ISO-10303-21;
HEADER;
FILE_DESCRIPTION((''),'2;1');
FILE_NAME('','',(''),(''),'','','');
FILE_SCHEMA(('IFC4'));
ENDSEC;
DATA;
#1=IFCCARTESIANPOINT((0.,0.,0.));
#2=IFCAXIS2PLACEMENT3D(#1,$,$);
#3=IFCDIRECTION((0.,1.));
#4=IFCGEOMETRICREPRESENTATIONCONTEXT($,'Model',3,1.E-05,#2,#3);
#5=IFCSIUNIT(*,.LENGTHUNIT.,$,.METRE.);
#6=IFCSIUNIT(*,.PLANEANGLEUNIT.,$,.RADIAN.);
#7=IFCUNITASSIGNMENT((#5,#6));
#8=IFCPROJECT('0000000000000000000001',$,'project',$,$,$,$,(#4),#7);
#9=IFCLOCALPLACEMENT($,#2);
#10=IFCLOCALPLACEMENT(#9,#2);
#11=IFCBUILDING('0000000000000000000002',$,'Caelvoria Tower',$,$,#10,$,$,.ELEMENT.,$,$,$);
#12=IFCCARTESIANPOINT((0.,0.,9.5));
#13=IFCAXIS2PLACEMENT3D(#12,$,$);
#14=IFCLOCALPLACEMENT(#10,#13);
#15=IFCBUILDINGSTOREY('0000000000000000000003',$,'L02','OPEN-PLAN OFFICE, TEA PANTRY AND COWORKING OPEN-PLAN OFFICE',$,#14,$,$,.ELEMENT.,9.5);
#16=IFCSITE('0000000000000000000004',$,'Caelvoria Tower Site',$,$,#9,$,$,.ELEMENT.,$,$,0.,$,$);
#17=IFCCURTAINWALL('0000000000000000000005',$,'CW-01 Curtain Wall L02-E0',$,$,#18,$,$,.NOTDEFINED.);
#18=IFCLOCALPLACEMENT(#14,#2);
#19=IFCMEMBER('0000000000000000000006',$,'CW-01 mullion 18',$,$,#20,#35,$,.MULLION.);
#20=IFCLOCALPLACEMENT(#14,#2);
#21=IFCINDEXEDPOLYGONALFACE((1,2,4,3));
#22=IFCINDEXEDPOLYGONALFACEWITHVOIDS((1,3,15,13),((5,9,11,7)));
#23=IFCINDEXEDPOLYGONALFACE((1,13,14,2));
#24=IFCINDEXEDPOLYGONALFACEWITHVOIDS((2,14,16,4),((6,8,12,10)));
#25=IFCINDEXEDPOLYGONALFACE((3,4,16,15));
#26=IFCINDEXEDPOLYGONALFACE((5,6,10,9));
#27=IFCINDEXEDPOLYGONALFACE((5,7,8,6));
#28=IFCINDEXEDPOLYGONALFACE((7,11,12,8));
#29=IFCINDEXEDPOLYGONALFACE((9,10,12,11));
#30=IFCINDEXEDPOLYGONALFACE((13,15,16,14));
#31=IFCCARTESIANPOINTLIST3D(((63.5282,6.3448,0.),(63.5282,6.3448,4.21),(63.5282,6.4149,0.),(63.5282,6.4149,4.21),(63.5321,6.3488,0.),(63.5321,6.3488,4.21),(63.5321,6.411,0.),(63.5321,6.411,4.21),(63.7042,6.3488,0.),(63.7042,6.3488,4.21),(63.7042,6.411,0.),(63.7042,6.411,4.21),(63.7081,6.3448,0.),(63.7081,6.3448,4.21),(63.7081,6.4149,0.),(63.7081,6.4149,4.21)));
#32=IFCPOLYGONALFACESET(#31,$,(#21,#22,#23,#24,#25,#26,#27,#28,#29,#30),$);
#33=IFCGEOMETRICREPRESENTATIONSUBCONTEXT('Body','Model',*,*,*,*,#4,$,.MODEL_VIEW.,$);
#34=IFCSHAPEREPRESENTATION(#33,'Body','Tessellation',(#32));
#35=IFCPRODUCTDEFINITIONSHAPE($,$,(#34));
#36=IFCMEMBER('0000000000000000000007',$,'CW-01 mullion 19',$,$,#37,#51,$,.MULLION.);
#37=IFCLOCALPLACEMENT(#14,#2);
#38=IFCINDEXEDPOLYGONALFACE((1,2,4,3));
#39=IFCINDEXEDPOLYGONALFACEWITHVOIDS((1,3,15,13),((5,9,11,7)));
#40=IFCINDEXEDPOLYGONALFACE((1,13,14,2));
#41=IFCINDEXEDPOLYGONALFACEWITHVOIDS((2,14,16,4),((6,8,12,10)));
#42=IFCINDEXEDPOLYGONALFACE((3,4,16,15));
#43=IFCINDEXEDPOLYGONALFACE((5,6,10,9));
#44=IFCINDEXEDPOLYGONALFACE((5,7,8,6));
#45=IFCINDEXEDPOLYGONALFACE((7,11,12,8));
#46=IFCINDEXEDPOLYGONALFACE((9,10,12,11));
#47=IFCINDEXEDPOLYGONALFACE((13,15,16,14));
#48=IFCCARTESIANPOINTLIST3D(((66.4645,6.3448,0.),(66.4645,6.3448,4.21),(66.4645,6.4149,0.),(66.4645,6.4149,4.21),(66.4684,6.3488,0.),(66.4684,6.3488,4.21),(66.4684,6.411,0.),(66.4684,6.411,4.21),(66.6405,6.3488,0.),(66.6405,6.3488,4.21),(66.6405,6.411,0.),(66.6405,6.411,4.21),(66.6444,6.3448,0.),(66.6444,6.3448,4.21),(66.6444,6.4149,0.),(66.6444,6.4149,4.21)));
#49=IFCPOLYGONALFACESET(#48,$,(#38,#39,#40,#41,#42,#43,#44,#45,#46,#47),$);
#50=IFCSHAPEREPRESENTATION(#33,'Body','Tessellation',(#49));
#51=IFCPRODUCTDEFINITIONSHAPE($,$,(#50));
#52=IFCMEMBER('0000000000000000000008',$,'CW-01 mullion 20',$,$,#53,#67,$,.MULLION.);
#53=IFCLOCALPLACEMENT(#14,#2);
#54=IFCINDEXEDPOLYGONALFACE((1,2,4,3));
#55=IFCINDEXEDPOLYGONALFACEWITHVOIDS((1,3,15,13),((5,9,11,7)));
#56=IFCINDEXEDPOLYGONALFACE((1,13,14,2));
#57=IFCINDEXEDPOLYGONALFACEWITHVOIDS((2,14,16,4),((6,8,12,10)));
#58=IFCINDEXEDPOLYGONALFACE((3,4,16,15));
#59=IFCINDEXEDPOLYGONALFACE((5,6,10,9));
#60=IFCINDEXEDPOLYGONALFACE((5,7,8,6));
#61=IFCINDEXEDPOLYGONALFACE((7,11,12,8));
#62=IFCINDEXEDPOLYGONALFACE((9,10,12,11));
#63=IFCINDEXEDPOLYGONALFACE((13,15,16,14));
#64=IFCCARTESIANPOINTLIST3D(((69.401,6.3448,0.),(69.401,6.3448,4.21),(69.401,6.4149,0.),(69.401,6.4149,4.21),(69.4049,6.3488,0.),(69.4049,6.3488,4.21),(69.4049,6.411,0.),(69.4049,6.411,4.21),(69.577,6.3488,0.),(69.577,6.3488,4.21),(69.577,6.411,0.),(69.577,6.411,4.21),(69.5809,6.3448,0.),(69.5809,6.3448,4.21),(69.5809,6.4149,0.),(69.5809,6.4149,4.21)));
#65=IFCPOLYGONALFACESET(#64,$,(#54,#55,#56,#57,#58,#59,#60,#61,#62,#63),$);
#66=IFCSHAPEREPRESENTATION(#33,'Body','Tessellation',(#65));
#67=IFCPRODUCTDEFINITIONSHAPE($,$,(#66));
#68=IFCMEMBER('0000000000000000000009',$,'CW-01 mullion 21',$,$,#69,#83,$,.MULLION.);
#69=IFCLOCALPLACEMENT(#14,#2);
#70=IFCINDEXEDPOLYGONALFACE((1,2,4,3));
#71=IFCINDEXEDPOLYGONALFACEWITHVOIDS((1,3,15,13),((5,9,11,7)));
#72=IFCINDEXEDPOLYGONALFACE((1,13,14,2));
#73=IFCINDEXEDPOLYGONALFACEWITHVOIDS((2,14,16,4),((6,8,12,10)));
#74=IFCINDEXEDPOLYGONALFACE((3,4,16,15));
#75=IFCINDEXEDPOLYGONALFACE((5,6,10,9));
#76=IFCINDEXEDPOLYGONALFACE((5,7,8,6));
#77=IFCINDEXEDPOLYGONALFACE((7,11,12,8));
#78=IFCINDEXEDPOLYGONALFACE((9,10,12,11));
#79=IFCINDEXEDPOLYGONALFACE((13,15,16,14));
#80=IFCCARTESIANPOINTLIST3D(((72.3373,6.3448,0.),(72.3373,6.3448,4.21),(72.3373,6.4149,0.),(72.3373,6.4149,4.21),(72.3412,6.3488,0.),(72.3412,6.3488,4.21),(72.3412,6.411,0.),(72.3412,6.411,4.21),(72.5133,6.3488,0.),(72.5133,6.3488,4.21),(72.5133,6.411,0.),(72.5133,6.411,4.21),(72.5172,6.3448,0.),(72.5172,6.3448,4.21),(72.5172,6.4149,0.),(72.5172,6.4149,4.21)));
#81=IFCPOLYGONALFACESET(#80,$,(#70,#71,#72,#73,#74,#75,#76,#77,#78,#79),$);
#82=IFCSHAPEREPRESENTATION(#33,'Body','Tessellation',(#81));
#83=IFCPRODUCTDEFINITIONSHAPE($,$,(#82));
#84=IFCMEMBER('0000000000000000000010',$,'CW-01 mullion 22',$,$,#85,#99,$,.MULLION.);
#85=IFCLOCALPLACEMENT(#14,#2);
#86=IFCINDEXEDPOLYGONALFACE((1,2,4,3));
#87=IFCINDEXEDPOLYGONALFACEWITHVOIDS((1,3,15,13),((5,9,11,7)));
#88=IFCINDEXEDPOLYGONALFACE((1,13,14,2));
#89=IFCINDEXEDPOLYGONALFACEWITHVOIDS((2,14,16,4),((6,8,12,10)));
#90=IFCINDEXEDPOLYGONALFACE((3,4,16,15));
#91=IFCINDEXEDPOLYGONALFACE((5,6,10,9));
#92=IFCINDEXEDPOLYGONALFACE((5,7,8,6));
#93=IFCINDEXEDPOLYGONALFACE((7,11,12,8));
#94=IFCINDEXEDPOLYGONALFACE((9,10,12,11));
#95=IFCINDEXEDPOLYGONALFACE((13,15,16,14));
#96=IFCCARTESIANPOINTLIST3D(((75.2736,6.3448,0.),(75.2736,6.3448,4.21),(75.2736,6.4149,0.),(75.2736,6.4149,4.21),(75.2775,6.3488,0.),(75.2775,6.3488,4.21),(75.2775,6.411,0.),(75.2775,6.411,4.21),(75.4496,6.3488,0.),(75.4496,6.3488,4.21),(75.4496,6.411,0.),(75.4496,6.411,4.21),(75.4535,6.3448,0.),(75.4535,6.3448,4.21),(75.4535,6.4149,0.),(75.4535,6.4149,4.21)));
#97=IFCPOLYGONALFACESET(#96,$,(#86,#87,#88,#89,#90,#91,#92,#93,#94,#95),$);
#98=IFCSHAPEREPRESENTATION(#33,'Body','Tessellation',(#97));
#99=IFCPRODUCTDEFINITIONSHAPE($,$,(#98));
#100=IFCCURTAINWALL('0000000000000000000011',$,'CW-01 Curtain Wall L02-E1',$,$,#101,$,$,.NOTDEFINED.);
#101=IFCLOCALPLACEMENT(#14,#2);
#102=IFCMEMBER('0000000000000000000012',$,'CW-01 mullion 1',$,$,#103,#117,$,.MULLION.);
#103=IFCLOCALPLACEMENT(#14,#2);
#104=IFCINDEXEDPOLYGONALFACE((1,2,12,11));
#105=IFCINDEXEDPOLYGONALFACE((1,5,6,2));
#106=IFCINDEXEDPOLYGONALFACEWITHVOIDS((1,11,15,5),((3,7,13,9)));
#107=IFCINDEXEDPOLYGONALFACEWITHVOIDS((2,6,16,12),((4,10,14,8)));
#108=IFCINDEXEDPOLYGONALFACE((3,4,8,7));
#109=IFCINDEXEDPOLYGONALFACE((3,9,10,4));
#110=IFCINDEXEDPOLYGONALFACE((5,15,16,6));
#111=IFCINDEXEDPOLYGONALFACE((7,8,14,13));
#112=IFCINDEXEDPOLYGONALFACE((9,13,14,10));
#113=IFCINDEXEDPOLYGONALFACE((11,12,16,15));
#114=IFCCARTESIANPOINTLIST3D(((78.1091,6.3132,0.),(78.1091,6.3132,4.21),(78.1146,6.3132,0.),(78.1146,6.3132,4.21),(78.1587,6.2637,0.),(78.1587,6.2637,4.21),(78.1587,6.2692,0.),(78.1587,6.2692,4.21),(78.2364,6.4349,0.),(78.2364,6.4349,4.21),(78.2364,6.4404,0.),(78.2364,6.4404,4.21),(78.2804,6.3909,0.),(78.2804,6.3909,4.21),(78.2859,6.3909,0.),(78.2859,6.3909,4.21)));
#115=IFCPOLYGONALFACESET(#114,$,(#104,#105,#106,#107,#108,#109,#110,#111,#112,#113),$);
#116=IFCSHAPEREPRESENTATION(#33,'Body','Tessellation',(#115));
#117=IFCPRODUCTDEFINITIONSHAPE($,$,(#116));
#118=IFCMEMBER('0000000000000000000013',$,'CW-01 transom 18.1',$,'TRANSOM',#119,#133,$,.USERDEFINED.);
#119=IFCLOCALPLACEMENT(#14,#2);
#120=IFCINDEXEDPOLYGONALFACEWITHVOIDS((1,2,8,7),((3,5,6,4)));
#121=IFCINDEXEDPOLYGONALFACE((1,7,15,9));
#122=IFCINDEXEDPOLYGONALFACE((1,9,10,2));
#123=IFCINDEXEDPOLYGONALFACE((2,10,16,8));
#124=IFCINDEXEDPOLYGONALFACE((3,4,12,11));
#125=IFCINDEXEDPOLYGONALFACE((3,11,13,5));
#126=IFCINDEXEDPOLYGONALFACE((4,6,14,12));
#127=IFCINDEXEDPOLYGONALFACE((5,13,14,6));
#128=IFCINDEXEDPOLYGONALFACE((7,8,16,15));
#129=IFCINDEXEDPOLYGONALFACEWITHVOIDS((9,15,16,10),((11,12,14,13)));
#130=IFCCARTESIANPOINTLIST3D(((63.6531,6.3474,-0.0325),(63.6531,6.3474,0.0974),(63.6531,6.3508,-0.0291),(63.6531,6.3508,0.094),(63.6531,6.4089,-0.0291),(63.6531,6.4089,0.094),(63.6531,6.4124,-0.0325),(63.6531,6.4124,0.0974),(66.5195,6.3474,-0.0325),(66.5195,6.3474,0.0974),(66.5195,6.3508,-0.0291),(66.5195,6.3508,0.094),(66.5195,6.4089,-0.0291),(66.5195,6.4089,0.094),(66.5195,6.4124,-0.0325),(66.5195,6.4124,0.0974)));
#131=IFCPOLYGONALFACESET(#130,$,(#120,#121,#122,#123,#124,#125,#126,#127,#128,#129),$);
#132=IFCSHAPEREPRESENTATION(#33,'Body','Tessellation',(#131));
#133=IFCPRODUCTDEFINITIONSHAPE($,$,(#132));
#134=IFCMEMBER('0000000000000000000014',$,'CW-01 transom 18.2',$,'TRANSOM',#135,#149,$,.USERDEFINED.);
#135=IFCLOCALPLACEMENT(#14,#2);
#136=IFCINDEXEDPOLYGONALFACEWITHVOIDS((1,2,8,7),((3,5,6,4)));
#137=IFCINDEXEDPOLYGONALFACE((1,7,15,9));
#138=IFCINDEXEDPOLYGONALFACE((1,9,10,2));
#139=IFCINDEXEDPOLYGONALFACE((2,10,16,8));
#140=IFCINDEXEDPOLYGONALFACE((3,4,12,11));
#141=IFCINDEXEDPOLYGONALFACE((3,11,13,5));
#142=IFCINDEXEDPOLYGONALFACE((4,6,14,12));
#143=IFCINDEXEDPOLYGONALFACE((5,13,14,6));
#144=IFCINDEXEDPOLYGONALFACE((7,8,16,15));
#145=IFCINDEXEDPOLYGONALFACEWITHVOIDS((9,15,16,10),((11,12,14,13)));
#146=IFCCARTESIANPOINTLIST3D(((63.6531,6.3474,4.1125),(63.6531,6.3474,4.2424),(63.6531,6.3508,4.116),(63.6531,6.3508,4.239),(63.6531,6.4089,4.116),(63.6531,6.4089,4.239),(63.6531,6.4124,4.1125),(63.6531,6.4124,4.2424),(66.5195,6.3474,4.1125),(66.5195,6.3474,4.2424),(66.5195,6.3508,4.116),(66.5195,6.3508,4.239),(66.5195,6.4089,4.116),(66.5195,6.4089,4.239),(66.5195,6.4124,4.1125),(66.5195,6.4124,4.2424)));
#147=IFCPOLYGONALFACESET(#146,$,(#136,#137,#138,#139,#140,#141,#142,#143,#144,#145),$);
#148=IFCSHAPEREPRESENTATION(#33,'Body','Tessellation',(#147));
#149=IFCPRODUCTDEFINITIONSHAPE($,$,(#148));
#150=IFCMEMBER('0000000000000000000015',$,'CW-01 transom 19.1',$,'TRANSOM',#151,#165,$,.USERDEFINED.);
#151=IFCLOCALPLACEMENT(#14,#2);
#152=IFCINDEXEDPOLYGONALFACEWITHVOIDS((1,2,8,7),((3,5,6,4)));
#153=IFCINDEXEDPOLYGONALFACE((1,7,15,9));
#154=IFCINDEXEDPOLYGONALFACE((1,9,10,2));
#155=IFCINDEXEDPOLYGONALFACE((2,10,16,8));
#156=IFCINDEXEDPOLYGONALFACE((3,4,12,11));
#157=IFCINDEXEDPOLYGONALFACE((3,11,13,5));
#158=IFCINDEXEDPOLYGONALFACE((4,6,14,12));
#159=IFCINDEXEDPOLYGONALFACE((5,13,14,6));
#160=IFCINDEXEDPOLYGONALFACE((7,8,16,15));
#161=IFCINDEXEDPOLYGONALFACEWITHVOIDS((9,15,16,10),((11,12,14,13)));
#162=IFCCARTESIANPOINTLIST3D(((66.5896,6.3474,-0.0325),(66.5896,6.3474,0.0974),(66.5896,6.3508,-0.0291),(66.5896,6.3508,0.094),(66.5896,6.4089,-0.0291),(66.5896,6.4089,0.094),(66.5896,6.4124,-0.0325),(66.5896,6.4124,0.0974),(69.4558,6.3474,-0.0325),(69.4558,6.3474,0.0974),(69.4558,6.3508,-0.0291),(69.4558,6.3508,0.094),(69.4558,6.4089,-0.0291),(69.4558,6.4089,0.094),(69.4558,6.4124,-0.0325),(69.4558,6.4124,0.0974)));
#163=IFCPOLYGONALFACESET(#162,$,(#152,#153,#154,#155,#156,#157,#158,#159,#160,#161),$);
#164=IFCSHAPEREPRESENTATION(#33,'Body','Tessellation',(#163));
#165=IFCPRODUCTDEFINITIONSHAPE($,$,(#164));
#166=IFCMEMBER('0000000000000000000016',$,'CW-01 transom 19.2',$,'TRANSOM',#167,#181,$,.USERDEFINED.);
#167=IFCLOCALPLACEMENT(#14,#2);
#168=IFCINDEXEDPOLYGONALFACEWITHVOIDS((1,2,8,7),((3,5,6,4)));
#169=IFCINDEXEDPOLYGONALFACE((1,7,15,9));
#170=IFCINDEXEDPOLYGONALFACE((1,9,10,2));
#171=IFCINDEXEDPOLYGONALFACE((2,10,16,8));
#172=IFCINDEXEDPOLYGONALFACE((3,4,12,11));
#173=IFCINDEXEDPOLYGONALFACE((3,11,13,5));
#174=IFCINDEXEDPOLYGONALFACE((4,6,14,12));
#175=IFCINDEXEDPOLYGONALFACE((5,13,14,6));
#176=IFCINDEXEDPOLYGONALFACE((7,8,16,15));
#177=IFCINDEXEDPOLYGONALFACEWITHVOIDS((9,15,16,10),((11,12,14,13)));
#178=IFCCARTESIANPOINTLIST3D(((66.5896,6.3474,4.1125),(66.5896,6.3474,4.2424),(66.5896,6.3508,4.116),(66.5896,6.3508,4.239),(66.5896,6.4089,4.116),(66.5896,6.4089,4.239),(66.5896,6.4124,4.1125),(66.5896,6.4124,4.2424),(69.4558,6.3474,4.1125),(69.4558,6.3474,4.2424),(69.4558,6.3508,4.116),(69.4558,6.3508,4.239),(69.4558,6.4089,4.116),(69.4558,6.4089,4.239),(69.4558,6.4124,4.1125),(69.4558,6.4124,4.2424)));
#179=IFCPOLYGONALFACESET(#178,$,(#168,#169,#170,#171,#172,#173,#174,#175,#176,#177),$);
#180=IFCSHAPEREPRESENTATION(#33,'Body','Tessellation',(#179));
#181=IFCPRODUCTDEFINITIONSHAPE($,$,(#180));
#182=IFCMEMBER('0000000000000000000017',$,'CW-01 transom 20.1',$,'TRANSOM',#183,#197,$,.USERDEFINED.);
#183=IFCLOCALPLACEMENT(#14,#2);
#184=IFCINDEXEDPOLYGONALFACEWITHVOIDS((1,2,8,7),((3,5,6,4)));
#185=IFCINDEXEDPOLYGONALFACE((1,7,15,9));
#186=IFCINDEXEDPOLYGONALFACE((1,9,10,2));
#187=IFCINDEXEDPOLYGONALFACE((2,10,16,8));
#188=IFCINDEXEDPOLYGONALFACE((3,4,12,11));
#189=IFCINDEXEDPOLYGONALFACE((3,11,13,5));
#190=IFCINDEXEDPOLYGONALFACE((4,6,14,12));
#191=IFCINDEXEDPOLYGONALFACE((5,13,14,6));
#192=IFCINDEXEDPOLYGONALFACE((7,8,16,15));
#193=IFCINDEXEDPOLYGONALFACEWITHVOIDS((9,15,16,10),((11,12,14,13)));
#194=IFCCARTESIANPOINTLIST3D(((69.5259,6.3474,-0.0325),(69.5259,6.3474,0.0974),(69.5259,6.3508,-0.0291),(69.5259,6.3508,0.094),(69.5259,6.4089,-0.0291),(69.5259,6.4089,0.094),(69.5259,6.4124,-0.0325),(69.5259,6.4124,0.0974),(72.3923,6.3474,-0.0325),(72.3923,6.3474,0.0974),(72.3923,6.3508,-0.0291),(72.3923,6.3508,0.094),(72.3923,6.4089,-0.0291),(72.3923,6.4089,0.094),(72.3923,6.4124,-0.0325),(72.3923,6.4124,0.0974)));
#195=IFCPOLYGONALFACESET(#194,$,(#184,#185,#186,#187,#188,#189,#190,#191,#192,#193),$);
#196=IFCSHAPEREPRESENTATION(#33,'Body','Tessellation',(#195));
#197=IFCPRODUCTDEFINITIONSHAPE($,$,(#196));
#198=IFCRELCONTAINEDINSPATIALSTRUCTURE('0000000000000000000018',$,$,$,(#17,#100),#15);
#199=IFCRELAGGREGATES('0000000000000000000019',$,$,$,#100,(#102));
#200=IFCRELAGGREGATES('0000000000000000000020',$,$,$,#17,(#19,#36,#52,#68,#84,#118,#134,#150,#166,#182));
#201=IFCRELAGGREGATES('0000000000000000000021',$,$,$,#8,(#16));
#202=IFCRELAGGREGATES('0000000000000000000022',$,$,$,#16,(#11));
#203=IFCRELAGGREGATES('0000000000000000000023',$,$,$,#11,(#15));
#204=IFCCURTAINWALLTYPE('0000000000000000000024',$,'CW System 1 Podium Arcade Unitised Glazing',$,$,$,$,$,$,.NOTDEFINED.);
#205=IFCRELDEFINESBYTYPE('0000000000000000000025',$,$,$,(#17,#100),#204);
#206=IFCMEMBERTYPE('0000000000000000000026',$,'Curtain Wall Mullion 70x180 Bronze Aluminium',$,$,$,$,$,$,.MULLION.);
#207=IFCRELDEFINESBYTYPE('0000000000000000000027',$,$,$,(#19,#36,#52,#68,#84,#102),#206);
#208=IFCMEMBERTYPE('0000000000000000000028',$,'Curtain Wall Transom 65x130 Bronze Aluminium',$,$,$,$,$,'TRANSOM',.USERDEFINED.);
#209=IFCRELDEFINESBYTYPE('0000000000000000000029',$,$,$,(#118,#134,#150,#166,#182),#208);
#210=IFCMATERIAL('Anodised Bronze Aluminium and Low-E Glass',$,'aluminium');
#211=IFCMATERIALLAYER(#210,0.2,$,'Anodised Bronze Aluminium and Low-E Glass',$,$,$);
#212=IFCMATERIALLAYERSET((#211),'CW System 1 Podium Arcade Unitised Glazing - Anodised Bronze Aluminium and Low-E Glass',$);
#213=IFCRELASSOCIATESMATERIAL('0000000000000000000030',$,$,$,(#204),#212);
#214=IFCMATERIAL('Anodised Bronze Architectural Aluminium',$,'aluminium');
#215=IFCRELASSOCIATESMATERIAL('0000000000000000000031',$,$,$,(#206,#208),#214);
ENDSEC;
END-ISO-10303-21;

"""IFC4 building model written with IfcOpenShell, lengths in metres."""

from ifc_helpers import new_model, si_unit, direction, frame, origin, origin_2d, place, context, subcontext, project, spatial, hollow_rectangle, extrude, material, layer, layer_set, material_profile, profile_set, type_object, element, aggregate, save


model = new_model("IFC4")

# Units and contexts
model_context = context("Model", 3, precision=1e-05, world=origin(), true_north=direction((0.0, 1.0)))
body_context = subcontext(model_context, "Body", "Model", "MODEL_VIEW")
ifc_project = project(units=[si_unit("LENGTHUNIT", "METRE"), si_unit("PLANEANGLEUNIT", "RADIAN")], contexts=[model_context])

# Site, building, storey
site_placement = place(None, origin())
site = spatial("IfcSite", under=ifc_project, at=site_placement, Name="Caelvoria Tower Site", CompositionType="ELEMENT", RefElevation=0.0)
building_placement = place(site_placement, origin())
building = spatial("IfcBuilding", under=site, at=building_placement, Name="Caelvoria Tower", CompositionType="ELEMENT")
storey_placement = place(building_placement, frame((0.0, 0.0, 9.5)))
storey = spatial("IfcBuildingStorey", under=building, at=storey_placement, Name="L02", Description="OPEN-PLAN OFFICE, TEA PANTRY AND COWORKING OPEN-PLAN OFFICE", CompositionType="ELEMENT", Elevation=9.5)

# Curtain wall, members
ifc_material_1 = material(Name="Anodised Bronze Aluminium and Low-E Glass", Category="aluminium")
ifc_layer_1 = layer(ifc_material_1, 0.2, Name="Anodised Bronze Aluminium and Low-E Glass")
ifc_layer_set_1 = layer_set([ifc_layer_1], Name="CW System 1 Podium Arcade Unitised Glazing - Anodised Bronze Aluminium and Low-E Glass")
curtain_wall_type = type_object("IfcCurtainWallType", Name="CW System 1 Podium Arcade Unitised Glazing", PredefinedType="NOTDEFINED", material=ifc_layer_set_1)
curtain_wall_1_placement = place(storey_placement, origin())
curtain_wall_1 = element("IfcCurtainWall", 1, at=curtain_wall_1_placement, inside=storey, type_object=curtain_wall_type, Name="CW-01 Curtain Wall L02-E0", PredefinedType="NOTDEFINED")
ifc_material_2 = material(Name="Anodised Bronze Architectural Aluminium", Category="aluminium")
ifc_material_profile_1 = material_profile(ifc_material_2, hollow_rectangle(XDim=0.0701, YDim=0.1799, WallThickness=0.0039, at=origin_2d()), Name="Anodised Bronze Architectural Aluminium")
ifc_profile_set_1 = profile_set([ifc_material_profile_1], Name="CW_MULL_70X180 - Anodised Bronze Architectural Aluminium")
member_type_1 = type_object("IfcMemberType", Name="Curtain Wall Mullion 70x180 Bronze Aluminium", PredefinedType="MULLION", material=ifc_profile_set_1)
member_1_placement = place(storey_placement, frame((63.6182, 6.3799, 0.0), z_axis=(0.0, 0.0, 1.0), x_axis=(0.0, 1.0, 0.0)))
member_1 = element("IfcMember", 2, at=member_1_placement, type_object=member_type_1, Name="CW-01 mullion 18", PredefinedType="MULLION", context=body_context, shape_type="SweptSolid", body=[
    extrude(hollow_rectangle(XDim=0.0701, YDim=0.1799, WallThickness=0.0039, at=origin_2d()), origin(), (0.0, 0.0, 1.0), 4.21),
])
member_2_placement = place(storey_placement, frame((66.5544, 6.3799, 0.0), z_axis=(0.0, 0.0, 1.0), x_axis=(0.0, 1.0, 0.0)))
member_2 = element("IfcMember", 3, at=member_2_placement, type_object=member_type_1, Name="CW-01 mullion 19", PredefinedType="MULLION", context=body_context, shape_type="SweptSolid", body=[
    extrude(hollow_rectangle(XDim=0.0701, YDim=0.1799, WallThickness=0.0039, at=origin_2d()), origin(), (0.0, 0.0, 1.0), 4.21),
])
member_3_placement = place(storey_placement, frame((69.491, 6.3799, 0.0), z_axis=(0.0, 0.0, 1.0), x_axis=(0.0, 1.0, 0.0)))
member_3 = element("IfcMember", 4, at=member_3_placement, type_object=member_type_1, Name="CW-01 mullion 20", PredefinedType="MULLION", context=body_context, shape_type="SweptSolid", body=[
    extrude(hollow_rectangle(XDim=0.0701, YDim=0.1799, WallThickness=0.0039, at=origin_2d()), origin(), (0.0, 0.0, 1.0), 4.21),
])
member_4_placement = place(storey_placement, frame((72.4272, 6.3799, 0.0), z_axis=(0.0, 0.0, 1.0), x_axis=(0.0, 1.0, 0.0)))
member_4 = element("IfcMember", 5, at=member_4_placement, type_object=member_type_1, Name="CW-01 mullion 21", PredefinedType="MULLION", context=body_context, shape_type="SweptSolid", body=[
    extrude(hollow_rectangle(XDim=0.0701, YDim=0.1799, WallThickness=0.0039, at=origin_2d()), origin(), (0.0, 0.0, 1.0), 4.21),
])
member_5_placement = place(storey_placement, frame((75.3635, 6.3799, 0.0), z_axis=(0.0, 0.0, 1.0), x_axis=(0.0, 1.0, 0.0)))
member_5 = element("IfcMember", 6, at=member_5_placement, type_object=member_type_1, Name="CW-01 mullion 22", PredefinedType="MULLION", context=body_context, shape_type="SweptSolid", body=[
    extrude(hollow_rectangle(XDim=0.0701, YDim=0.1799, WallThickness=0.0039, at=origin_2d()), origin(), (0.0, 0.0, 1.0), 4.21),
])

# Curtain wall, member
curtain_wall_2_placement = place(storey_placement, origin())
curtain_wall_2 = element("IfcCurtainWall", 7, at=curtain_wall_2_placement, inside=storey, type_object=curtain_wall_type, Name="CW-01 Curtain Wall L02-E1", PredefinedType="NOTDEFINED")
member_6_placement = place(storey_placement, frame((78.1975, 6.3521, 0.0), z_axis=(0.0, 0.0, 1.0), x_axis=(-0.707107, 0.707107, 0.0)))
member_6 = element("IfcMember", 8, at=member_6_placement, type_object=member_type_1, Name="CW-01 mullion 1", PredefinedType="MULLION", context=body_context, shape_type="SweptSolid", body=[
    extrude(hollow_rectangle(XDim=0.0701, YDim=0.1799, WallThickness=0.0039, at=origin_2d()), origin(), (0.0, 0.0, 1.0), 4.21),
])

# Members
ifc_material_profile_2 = material_profile(ifc_material_2, hollow_rectangle(XDim=0.0649, YDim=0.1299, WallThickness=0.0034, at=origin_2d()), Name="Anodised Bronze Architectural Aluminium")
ifc_profile_set_2 = profile_set([ifc_material_profile_2], Name="CW_TRAN_65X130 - Anodised Bronze Architectural Aluminium")
member_type_2 = type_object("IfcMemberType", Name="Curtain Wall Transom 65x130 Bronze Aluminium", ElementType="TRANSOM", PredefinedType="USERDEFINED", material=ifc_profile_set_2)
member_7_placement = place(storey_placement, frame((63.6531, 6.3799, 0.0325), z_axis=(1.0, 0.0, 0.0), x_axis=(0.0, 1.0, 0.0)))
member_7 = element("IfcMember", 9, at=member_7_placement, type_object=member_type_2, Name="CW-01 transom 18.1", ObjectType="TRANSOM", PredefinedType="USERDEFINED", context=body_context, shape_type="SweptSolid", body=[
    extrude(hollow_rectangle(XDim=0.0649, YDim=0.1299, WallThickness=0.0034, at=origin_2d()), origin(), (0.0, 0.0, 1.0), 2.8665),
])
member_8_placement = place(storey_placement, frame((63.6531, 6.3799, 4.1775), z_axis=(1.0, 0.0, 0.0), x_axis=(0.0, 1.0, 0.0)))
member_8 = element("IfcMember", 10, at=member_8_placement, type_object=member_type_2, Name="CW-01 transom 18.2", ObjectType="TRANSOM", PredefinedType="USERDEFINED", context=body_context, shape_type="SweptSolid", body=[
    extrude(hollow_rectangle(XDim=0.0649, YDim=0.1299, WallThickness=0.0034, at=origin_2d()), origin(), (0.0, 0.0, 1.0), 2.8665),
])
member_9_placement = place(storey_placement, frame((66.5896, 6.3799, 0.0325), z_axis=(1.0, 0.0, 0.0), x_axis=(0.0, 1.0, 0.0)))
member_9 = element("IfcMember", 11, at=member_9_placement, type_object=member_type_2, Name="CW-01 transom 19.1", ObjectType="TRANSOM", PredefinedType="USERDEFINED", context=body_context, shape_type="SweptSolid", body=[
    extrude(hollow_rectangle(XDim=0.0649, YDim=0.1299, WallThickness=0.0034, at=origin_2d()), origin(), (0.0, 0.0, 1.0), 2.8662),
])
member_10_placement = place(storey_placement, frame((66.5896, 6.3799, 4.1775), z_axis=(1.0, 0.0, 0.0), x_axis=(0.0, 1.0, 0.0)))
member_10 = element("IfcMember", 12, at=member_10_placement, type_object=member_type_2, Name="CW-01 transom 19.2", ObjectType="TRANSOM", PredefinedType="USERDEFINED", context=body_context, shape_type="SweptSolid", body=[
    extrude(hollow_rectangle(XDim=0.0649, YDim=0.1299, WallThickness=0.0034, at=origin_2d()), origin(), (0.0, 0.0, 1.0), 2.8662),
])
member_11_placement = place(storey_placement, frame((69.5259, 6.3799, 0.0325), z_axis=(1.0, 0.0, 0.0), x_axis=(0.0, 1.0, 0.0)))
member_11 = element("IfcMember", 13, at=member_11_placement, type_object=member_type_2, Name="CW-01 transom 20.1", ObjectType="TRANSOM", PredefinedType="USERDEFINED", context=body_context, shape_type="SweptSolid", body=[
    extrude(hollow_rectangle(XDim=0.0649, YDim=0.1299, WallThickness=0.0034, at=origin_2d()), origin(), (0.0, 0.0, 1.0), 2.8665),
])
aggregate(curtain_wall_2, [member_6])

aggregate(curtain_wall_1, [member_1, member_2, member_3, member_4, member_5, member_7, member_8, member_9, member_10, member_11])

save(model, "model.ifc")
